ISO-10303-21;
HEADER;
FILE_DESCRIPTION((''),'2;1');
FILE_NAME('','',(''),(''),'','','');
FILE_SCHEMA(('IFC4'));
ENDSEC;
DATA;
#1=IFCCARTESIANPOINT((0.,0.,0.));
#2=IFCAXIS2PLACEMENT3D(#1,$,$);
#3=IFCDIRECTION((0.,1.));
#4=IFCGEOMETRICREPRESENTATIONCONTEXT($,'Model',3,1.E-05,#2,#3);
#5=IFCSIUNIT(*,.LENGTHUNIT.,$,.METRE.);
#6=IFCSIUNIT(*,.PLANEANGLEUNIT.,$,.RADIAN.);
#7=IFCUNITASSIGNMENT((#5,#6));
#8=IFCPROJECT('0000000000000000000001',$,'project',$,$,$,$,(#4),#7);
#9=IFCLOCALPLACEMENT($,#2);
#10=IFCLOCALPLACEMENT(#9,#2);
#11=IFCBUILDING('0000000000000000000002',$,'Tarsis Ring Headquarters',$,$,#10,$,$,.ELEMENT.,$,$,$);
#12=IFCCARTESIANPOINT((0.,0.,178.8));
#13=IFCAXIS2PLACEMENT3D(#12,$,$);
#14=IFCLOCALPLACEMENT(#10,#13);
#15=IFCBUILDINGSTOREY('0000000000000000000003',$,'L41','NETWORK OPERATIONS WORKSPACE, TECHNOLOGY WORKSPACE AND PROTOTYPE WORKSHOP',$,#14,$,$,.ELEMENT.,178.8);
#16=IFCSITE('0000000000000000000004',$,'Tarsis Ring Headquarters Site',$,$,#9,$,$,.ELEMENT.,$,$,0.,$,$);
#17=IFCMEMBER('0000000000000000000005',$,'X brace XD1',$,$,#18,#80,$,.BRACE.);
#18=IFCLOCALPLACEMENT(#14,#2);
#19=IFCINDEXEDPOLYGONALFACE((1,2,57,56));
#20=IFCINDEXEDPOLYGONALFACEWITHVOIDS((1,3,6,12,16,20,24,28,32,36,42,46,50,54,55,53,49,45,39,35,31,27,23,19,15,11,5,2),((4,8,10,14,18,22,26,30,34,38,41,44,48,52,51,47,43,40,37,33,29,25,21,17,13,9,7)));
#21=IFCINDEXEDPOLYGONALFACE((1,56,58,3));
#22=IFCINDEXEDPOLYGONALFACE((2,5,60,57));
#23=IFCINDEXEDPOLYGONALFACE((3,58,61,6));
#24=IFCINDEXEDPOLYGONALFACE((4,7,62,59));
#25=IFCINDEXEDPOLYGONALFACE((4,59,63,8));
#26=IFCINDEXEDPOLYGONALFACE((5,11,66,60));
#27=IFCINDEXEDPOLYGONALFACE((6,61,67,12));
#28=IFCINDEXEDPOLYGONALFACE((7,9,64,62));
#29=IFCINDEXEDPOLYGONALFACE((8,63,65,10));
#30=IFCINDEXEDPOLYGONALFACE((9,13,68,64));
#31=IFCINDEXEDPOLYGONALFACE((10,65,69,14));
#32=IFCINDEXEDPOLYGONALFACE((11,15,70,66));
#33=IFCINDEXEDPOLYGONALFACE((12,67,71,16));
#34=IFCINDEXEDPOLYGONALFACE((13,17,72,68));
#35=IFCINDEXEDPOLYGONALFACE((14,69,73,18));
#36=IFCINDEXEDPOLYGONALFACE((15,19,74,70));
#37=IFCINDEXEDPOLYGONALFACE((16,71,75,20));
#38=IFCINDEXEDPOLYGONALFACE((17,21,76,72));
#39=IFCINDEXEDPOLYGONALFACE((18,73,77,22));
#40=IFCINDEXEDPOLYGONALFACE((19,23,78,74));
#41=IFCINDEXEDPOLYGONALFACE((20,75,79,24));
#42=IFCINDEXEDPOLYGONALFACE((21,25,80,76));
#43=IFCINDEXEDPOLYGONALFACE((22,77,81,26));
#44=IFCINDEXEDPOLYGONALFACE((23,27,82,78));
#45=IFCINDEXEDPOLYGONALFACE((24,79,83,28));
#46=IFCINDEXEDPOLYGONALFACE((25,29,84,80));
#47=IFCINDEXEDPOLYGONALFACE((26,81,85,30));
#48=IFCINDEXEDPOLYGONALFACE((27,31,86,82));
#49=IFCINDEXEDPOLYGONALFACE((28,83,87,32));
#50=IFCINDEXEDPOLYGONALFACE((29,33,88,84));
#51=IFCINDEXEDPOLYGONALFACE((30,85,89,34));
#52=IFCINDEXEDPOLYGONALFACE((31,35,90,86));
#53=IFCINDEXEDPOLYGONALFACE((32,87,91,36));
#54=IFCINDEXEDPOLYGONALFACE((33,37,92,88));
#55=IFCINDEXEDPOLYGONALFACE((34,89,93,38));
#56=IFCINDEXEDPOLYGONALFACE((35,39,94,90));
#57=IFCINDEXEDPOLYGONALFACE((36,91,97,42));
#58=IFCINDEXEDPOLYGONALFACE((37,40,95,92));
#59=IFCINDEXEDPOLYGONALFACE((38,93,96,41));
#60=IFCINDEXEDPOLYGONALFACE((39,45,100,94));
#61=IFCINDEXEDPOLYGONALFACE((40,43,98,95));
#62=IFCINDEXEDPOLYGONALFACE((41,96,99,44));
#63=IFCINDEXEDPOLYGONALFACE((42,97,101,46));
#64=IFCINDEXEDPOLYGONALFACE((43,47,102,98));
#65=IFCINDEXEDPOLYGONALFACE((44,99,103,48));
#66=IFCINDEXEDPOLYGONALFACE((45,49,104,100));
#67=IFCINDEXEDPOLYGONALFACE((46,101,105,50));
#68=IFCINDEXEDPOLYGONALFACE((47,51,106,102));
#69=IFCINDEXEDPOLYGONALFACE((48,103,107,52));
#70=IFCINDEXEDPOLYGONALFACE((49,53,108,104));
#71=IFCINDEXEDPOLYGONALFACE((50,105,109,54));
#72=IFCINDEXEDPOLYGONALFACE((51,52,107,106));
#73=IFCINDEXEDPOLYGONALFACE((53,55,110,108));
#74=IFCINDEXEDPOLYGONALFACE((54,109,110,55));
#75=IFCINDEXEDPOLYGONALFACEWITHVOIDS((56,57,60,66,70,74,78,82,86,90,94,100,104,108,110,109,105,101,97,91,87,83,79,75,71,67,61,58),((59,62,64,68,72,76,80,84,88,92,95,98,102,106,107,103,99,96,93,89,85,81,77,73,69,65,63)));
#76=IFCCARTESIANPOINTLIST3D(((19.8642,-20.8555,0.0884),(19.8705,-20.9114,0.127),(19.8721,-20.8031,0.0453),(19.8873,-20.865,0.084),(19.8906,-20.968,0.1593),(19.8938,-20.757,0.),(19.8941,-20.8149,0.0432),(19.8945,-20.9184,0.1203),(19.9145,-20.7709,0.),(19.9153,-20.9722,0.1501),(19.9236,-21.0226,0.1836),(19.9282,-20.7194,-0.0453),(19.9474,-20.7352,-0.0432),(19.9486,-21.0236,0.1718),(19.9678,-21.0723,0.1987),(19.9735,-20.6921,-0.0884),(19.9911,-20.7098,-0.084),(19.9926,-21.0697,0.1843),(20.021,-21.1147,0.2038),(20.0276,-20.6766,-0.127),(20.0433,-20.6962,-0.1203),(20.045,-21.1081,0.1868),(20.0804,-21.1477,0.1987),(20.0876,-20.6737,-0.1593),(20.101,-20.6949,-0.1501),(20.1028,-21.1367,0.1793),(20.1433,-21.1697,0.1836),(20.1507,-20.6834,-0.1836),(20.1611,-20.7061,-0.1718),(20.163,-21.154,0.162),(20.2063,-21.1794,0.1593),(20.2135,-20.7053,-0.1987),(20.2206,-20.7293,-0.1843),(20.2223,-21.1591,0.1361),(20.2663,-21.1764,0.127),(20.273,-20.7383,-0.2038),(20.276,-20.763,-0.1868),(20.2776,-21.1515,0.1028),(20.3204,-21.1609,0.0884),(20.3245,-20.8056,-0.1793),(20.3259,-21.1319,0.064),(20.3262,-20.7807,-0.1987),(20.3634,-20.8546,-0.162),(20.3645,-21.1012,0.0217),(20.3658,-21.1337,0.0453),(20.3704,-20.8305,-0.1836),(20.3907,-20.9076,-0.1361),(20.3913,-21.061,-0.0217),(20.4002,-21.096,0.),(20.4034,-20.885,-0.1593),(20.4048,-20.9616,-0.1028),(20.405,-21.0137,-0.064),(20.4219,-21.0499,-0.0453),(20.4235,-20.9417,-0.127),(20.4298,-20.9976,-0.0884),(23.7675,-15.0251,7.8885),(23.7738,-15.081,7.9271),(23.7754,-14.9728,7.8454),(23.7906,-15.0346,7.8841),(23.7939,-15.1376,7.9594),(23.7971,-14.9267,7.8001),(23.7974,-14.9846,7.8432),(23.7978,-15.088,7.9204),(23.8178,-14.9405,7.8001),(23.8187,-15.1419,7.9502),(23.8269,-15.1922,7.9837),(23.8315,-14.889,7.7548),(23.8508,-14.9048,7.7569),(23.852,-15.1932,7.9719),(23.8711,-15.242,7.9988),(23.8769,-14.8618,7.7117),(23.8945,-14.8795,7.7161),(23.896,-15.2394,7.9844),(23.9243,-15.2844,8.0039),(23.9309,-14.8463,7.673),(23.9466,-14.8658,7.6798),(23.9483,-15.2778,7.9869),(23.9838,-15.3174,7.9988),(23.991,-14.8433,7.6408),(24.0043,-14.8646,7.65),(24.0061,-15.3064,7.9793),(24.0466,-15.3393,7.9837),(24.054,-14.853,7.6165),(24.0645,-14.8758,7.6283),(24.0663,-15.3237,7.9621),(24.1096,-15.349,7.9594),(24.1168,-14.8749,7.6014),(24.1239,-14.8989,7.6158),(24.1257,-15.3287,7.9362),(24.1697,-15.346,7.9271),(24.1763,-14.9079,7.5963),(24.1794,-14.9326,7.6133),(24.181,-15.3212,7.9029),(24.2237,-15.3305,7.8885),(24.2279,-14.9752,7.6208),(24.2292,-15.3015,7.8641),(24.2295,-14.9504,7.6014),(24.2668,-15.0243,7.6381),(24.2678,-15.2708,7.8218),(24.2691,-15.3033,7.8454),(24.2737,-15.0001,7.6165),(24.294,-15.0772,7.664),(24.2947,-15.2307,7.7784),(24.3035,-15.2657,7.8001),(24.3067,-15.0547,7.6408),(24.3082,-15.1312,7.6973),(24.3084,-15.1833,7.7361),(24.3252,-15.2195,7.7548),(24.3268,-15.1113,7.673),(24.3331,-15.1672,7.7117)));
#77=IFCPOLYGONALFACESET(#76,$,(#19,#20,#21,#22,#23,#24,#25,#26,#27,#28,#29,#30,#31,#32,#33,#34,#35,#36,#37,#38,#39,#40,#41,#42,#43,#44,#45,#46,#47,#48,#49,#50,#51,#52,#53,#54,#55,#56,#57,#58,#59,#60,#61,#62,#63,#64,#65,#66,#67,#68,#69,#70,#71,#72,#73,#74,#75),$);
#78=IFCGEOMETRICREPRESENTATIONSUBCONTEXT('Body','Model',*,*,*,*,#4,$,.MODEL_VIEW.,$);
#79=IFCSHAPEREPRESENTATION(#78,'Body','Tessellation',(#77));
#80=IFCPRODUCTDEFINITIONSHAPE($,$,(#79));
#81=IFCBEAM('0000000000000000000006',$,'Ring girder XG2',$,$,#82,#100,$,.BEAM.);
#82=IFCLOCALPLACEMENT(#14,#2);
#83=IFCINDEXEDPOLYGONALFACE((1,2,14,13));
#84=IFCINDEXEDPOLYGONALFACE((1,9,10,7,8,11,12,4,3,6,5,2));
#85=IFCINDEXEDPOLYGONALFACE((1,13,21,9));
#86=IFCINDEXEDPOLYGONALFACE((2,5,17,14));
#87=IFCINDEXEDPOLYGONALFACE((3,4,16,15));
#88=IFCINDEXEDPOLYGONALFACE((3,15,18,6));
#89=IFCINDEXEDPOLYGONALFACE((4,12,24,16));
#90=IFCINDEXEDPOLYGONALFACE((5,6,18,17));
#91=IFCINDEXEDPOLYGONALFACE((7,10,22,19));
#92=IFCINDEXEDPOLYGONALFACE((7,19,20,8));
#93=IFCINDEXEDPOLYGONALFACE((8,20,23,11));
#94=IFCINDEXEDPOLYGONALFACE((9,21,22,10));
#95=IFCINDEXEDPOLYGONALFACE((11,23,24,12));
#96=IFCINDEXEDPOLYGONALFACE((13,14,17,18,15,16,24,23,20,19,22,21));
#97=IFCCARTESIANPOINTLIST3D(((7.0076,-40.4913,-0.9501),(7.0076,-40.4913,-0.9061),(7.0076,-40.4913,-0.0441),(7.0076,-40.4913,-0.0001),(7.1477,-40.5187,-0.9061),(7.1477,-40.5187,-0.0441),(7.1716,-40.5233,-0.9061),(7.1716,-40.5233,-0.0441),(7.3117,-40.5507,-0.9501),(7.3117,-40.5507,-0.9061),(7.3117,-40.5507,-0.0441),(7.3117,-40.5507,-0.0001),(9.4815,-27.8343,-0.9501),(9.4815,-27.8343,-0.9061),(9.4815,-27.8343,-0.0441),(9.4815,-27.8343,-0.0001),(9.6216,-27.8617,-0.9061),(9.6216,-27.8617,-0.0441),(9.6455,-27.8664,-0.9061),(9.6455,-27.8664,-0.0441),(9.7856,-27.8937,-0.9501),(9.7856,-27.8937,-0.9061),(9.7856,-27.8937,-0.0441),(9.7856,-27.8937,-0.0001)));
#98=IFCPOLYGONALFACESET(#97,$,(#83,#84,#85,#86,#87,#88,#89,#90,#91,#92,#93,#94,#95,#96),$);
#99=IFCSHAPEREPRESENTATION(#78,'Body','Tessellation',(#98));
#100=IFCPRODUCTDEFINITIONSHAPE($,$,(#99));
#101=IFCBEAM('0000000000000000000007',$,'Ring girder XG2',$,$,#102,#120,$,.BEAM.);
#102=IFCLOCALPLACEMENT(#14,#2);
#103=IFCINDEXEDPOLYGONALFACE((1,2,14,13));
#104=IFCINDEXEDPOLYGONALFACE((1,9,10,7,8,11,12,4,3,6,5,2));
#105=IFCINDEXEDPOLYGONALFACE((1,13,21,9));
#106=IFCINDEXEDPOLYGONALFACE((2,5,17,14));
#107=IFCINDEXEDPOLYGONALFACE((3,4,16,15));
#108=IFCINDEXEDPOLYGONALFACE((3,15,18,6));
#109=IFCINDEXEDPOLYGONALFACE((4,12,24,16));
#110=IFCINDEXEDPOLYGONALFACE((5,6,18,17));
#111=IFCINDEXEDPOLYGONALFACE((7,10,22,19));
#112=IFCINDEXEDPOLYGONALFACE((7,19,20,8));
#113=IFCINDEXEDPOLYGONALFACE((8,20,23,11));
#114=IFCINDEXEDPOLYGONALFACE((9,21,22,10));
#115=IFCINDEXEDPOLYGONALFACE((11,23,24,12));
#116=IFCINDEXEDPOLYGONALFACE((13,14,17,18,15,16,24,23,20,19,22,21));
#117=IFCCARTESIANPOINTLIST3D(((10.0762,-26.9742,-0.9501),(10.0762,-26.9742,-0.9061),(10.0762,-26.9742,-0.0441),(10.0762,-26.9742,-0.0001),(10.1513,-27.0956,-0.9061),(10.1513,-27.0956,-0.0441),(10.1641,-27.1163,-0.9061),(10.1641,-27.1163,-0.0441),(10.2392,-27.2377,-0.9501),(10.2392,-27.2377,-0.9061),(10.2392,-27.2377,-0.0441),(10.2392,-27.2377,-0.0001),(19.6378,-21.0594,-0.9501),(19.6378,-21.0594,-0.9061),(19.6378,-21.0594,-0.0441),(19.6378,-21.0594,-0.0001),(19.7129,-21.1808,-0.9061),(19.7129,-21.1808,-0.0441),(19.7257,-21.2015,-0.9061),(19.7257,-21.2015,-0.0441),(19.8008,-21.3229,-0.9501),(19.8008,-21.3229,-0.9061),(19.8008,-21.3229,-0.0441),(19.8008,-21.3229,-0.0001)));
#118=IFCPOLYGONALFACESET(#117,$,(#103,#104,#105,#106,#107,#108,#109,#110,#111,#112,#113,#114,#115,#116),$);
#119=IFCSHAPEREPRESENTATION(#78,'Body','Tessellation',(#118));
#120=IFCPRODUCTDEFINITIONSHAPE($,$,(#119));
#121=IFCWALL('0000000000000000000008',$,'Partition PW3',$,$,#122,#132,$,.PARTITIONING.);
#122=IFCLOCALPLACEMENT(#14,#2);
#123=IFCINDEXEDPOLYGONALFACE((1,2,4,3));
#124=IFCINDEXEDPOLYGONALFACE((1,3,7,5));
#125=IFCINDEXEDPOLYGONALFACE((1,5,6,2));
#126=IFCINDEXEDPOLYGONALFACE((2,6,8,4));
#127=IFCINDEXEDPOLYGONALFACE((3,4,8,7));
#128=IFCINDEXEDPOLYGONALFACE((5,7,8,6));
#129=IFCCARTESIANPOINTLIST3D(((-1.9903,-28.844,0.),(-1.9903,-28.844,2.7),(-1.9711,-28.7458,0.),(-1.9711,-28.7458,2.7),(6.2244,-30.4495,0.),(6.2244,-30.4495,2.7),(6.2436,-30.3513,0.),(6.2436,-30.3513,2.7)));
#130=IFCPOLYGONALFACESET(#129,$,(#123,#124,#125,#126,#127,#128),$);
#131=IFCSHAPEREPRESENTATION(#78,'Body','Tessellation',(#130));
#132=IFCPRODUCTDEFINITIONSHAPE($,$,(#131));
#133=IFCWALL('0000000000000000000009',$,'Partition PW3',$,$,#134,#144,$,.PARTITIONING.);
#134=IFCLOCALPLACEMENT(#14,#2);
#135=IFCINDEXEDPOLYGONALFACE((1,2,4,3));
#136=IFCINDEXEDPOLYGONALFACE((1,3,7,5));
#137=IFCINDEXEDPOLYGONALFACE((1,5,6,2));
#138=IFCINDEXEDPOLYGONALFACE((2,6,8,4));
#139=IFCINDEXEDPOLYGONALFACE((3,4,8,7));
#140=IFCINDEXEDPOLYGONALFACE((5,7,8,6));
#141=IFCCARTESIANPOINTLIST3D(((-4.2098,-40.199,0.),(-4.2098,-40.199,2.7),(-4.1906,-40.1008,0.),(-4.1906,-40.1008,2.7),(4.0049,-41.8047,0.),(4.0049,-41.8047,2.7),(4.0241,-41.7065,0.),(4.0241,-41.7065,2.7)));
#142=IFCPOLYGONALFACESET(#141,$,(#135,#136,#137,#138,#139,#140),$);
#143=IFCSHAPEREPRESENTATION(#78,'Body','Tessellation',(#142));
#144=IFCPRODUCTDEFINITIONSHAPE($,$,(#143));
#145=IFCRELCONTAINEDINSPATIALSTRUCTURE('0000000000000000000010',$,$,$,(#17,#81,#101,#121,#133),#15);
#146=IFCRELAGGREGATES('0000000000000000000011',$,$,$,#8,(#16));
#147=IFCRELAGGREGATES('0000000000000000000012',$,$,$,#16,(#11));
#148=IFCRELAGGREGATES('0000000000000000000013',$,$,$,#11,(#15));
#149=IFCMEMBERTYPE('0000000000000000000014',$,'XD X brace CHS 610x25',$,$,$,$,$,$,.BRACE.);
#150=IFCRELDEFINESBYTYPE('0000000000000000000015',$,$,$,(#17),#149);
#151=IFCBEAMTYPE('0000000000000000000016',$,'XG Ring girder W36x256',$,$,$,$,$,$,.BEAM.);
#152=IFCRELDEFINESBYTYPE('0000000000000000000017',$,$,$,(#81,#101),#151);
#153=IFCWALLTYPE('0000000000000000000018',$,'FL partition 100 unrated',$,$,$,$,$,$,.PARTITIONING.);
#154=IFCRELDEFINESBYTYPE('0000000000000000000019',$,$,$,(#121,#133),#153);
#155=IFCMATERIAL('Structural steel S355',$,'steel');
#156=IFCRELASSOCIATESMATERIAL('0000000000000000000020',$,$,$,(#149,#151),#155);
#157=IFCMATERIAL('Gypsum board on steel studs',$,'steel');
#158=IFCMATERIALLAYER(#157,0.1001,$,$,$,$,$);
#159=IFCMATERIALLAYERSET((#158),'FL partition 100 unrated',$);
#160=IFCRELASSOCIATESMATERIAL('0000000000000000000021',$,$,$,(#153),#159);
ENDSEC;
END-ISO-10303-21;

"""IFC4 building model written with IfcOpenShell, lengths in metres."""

from ifc_helpers import new_model, si_unit, direction, frame, frame_2d, origin, origin_2d, place, context, subcontext, project, spatial, rectangle, hollow_circle, i_section, extrude, material, layer, layer_set, material_profile, profile_set, type_object, element, save


model = new_model("IFC4")

# Units and contexts
model_context = context("Model", 3, precision=1e-05, world=origin(), true_north=direction((0.0, 1.0)))
body_context = subcontext(model_context, "Body", "Model", "MODEL_VIEW")
ifc_project = project(units=[si_unit("LENGTHUNIT", "METRE"), si_unit("PLANEANGLEUNIT", "RADIAN")], contexts=[model_context])

# Site, building, storey
site_placement = place(None, origin())
site = spatial("IfcSite", under=ifc_project, at=site_placement, Name="Tarsis Ring Headquarters Site", CompositionType="ELEMENT", RefElevation=0.0)
building_placement = place(site_placement, origin())
building = spatial("IfcBuilding", under=site, at=building_placement, Name="Tarsis Ring Headquarters", CompositionType="ELEMENT")
storey_placement = place(building_placement, frame((0.0, 0.0, 178.8)))
storey = spatial("IfcBuildingStorey", under=building, at=storey_placement, Name="L41", Description="NETWORK OPERATIONS WORKSPACE, TECHNOLOGY WORKSPACE AND PROTOTYPE WORKSHOP", CompositionType="ELEMENT", Elevation=178.8)

# Shared definitions
ifc_material_1 = material(Name="Structural steel S355", Category="steel")

# Member
ifc_material_profile_1 = material_profile(ifc_material_1, hollow_circle(Radius=0.3047, WallThickness=0.0249, at=origin_2d()), Name="CHS 610x25")
ifc_profile_set_1 = profile_set([ifc_material_profile_1], Name="Structural steel S355")
member_type = type_object("IfcMemberType", Name="XD X brace CHS 610x25", PredefinedType="BRACE", material=ifc_profile_set_1)
member_1_placement = place(storey_placement, frame((20.147, -20.9265, 0.0), z_axis=(0.37205, 0.555724, 0.743471), x_axis=(-0.830967, 0.556321, 0.0)))
element("IfcMember", 1, at=member_1_placement, inside=storey, type_object=member_type, Name="X brace XD1", PredefinedType="BRACE", context=body_context, shape_type="SweptSolid", body=[
    extrude(hollow_circle(Radius=0.3047, WallThickness=0.0249, at=origin_2d()), origin(), (0.0, 0.0, 1.0), 10.4915),
])

# Beams
ifc_material_profile_2 = material_profile(ifc_material_1, i_section(OverallWidth=0.3098, OverallDepth=0.95, WebThickness=0.0244, FlangeThickness=0.0439, at=origin_2d()), Name="W36x256")
ifc_profile_set_2 = profile_set([ifc_material_profile_2], Name="Structural steel S355")
beam_type = type_object("IfcBeamType", Name="XG Ring girder W36x256", PredefinedType="BEAM", material=ifc_profile_set_2)
beam_1_placement = place(storey_placement, frame((7.1597, -40.521, -0.4751), z_axis=(0.191826, 0.981429, 0.0), x_axis=(-0.981429, 0.191826, 0.0)))
element("IfcBeam", 2, at=beam_1_placement, inside=storey, type_object=beam_type, Name="Ring girder XG2", PredefinedType="BEAM", context=body_context, shape_type="SweptSolid", body=[
    extrude(i_section(OverallWidth=0.3098, OverallDepth=0.95, WebThickness=0.0244, FlangeThickness=0.0439, at=origin_2d()), origin(), (0.0, 0.0, 1.0), 12.8965),
])
beam_2_placement = place(storey_placement, frame((10.1577, -27.106, -0.4751), z_axis=(0.850434, 0.526082, 0.0), x_axis=(-0.526082, 0.850434, 0.0)))
element("IfcBeam", 3, at=beam_2_placement, inside=storey, type_object=beam_type, Name="Ring girder XG2", PredefinedType="BEAM", context=body_context, shape_type="SweptSolid", body=[
    extrude(i_section(OverallWidth=0.3098, OverallDepth=0.95, WebThickness=0.0244, FlangeThickness=0.0439, at=origin_2d()), origin(), (0.0, 0.0, 1.0), 11.2432),
])

# Walls
ifc_material_2 = material(Name="Gypsum board on steel studs", Category="steel")
ifc_layer_1 = layer(ifc_material_2, 0.1001)
ifc_layer_set_1 = layer_set([ifc_layer_1], Name="FL partition 100 unrated")
wall_type_1 = type_object("IfcWallType", Name="FL partition 100 unrated", PredefinedType="PARTITIONING", material=ifc_layer_set_1)
for number, where, z_axis, x_axis, name in (
    (4, (-1.9807, -28.7949, 0.0), (0.0, 0.0, 1.0), (0.981432, -0.191812, 0.0), "Partition PW3"),
    (5, (-4.2002, -40.1499, 0.0), (0.0, 0.0, 1.0), (0.981426, -0.19184, 0.0), "Partition PW3"),
):
    element("IfcWall", number, at=place(storey_placement, frame(where, z_axis=z_axis, x_axis=x_axis)), inside=storey, type_object=wall_type_1, Name=name, PredefinedType="PARTITIONING", context=body_context, shape_type="SweptSolid", body=[
        extrude(rectangle(XDim=8.3701, YDim=0.1001, at=frame_2d((4.1851, 0.0))), origin(), (0.0, 0.0, 1.0), 2.7),
    ])

save(model, "model.ifc")
